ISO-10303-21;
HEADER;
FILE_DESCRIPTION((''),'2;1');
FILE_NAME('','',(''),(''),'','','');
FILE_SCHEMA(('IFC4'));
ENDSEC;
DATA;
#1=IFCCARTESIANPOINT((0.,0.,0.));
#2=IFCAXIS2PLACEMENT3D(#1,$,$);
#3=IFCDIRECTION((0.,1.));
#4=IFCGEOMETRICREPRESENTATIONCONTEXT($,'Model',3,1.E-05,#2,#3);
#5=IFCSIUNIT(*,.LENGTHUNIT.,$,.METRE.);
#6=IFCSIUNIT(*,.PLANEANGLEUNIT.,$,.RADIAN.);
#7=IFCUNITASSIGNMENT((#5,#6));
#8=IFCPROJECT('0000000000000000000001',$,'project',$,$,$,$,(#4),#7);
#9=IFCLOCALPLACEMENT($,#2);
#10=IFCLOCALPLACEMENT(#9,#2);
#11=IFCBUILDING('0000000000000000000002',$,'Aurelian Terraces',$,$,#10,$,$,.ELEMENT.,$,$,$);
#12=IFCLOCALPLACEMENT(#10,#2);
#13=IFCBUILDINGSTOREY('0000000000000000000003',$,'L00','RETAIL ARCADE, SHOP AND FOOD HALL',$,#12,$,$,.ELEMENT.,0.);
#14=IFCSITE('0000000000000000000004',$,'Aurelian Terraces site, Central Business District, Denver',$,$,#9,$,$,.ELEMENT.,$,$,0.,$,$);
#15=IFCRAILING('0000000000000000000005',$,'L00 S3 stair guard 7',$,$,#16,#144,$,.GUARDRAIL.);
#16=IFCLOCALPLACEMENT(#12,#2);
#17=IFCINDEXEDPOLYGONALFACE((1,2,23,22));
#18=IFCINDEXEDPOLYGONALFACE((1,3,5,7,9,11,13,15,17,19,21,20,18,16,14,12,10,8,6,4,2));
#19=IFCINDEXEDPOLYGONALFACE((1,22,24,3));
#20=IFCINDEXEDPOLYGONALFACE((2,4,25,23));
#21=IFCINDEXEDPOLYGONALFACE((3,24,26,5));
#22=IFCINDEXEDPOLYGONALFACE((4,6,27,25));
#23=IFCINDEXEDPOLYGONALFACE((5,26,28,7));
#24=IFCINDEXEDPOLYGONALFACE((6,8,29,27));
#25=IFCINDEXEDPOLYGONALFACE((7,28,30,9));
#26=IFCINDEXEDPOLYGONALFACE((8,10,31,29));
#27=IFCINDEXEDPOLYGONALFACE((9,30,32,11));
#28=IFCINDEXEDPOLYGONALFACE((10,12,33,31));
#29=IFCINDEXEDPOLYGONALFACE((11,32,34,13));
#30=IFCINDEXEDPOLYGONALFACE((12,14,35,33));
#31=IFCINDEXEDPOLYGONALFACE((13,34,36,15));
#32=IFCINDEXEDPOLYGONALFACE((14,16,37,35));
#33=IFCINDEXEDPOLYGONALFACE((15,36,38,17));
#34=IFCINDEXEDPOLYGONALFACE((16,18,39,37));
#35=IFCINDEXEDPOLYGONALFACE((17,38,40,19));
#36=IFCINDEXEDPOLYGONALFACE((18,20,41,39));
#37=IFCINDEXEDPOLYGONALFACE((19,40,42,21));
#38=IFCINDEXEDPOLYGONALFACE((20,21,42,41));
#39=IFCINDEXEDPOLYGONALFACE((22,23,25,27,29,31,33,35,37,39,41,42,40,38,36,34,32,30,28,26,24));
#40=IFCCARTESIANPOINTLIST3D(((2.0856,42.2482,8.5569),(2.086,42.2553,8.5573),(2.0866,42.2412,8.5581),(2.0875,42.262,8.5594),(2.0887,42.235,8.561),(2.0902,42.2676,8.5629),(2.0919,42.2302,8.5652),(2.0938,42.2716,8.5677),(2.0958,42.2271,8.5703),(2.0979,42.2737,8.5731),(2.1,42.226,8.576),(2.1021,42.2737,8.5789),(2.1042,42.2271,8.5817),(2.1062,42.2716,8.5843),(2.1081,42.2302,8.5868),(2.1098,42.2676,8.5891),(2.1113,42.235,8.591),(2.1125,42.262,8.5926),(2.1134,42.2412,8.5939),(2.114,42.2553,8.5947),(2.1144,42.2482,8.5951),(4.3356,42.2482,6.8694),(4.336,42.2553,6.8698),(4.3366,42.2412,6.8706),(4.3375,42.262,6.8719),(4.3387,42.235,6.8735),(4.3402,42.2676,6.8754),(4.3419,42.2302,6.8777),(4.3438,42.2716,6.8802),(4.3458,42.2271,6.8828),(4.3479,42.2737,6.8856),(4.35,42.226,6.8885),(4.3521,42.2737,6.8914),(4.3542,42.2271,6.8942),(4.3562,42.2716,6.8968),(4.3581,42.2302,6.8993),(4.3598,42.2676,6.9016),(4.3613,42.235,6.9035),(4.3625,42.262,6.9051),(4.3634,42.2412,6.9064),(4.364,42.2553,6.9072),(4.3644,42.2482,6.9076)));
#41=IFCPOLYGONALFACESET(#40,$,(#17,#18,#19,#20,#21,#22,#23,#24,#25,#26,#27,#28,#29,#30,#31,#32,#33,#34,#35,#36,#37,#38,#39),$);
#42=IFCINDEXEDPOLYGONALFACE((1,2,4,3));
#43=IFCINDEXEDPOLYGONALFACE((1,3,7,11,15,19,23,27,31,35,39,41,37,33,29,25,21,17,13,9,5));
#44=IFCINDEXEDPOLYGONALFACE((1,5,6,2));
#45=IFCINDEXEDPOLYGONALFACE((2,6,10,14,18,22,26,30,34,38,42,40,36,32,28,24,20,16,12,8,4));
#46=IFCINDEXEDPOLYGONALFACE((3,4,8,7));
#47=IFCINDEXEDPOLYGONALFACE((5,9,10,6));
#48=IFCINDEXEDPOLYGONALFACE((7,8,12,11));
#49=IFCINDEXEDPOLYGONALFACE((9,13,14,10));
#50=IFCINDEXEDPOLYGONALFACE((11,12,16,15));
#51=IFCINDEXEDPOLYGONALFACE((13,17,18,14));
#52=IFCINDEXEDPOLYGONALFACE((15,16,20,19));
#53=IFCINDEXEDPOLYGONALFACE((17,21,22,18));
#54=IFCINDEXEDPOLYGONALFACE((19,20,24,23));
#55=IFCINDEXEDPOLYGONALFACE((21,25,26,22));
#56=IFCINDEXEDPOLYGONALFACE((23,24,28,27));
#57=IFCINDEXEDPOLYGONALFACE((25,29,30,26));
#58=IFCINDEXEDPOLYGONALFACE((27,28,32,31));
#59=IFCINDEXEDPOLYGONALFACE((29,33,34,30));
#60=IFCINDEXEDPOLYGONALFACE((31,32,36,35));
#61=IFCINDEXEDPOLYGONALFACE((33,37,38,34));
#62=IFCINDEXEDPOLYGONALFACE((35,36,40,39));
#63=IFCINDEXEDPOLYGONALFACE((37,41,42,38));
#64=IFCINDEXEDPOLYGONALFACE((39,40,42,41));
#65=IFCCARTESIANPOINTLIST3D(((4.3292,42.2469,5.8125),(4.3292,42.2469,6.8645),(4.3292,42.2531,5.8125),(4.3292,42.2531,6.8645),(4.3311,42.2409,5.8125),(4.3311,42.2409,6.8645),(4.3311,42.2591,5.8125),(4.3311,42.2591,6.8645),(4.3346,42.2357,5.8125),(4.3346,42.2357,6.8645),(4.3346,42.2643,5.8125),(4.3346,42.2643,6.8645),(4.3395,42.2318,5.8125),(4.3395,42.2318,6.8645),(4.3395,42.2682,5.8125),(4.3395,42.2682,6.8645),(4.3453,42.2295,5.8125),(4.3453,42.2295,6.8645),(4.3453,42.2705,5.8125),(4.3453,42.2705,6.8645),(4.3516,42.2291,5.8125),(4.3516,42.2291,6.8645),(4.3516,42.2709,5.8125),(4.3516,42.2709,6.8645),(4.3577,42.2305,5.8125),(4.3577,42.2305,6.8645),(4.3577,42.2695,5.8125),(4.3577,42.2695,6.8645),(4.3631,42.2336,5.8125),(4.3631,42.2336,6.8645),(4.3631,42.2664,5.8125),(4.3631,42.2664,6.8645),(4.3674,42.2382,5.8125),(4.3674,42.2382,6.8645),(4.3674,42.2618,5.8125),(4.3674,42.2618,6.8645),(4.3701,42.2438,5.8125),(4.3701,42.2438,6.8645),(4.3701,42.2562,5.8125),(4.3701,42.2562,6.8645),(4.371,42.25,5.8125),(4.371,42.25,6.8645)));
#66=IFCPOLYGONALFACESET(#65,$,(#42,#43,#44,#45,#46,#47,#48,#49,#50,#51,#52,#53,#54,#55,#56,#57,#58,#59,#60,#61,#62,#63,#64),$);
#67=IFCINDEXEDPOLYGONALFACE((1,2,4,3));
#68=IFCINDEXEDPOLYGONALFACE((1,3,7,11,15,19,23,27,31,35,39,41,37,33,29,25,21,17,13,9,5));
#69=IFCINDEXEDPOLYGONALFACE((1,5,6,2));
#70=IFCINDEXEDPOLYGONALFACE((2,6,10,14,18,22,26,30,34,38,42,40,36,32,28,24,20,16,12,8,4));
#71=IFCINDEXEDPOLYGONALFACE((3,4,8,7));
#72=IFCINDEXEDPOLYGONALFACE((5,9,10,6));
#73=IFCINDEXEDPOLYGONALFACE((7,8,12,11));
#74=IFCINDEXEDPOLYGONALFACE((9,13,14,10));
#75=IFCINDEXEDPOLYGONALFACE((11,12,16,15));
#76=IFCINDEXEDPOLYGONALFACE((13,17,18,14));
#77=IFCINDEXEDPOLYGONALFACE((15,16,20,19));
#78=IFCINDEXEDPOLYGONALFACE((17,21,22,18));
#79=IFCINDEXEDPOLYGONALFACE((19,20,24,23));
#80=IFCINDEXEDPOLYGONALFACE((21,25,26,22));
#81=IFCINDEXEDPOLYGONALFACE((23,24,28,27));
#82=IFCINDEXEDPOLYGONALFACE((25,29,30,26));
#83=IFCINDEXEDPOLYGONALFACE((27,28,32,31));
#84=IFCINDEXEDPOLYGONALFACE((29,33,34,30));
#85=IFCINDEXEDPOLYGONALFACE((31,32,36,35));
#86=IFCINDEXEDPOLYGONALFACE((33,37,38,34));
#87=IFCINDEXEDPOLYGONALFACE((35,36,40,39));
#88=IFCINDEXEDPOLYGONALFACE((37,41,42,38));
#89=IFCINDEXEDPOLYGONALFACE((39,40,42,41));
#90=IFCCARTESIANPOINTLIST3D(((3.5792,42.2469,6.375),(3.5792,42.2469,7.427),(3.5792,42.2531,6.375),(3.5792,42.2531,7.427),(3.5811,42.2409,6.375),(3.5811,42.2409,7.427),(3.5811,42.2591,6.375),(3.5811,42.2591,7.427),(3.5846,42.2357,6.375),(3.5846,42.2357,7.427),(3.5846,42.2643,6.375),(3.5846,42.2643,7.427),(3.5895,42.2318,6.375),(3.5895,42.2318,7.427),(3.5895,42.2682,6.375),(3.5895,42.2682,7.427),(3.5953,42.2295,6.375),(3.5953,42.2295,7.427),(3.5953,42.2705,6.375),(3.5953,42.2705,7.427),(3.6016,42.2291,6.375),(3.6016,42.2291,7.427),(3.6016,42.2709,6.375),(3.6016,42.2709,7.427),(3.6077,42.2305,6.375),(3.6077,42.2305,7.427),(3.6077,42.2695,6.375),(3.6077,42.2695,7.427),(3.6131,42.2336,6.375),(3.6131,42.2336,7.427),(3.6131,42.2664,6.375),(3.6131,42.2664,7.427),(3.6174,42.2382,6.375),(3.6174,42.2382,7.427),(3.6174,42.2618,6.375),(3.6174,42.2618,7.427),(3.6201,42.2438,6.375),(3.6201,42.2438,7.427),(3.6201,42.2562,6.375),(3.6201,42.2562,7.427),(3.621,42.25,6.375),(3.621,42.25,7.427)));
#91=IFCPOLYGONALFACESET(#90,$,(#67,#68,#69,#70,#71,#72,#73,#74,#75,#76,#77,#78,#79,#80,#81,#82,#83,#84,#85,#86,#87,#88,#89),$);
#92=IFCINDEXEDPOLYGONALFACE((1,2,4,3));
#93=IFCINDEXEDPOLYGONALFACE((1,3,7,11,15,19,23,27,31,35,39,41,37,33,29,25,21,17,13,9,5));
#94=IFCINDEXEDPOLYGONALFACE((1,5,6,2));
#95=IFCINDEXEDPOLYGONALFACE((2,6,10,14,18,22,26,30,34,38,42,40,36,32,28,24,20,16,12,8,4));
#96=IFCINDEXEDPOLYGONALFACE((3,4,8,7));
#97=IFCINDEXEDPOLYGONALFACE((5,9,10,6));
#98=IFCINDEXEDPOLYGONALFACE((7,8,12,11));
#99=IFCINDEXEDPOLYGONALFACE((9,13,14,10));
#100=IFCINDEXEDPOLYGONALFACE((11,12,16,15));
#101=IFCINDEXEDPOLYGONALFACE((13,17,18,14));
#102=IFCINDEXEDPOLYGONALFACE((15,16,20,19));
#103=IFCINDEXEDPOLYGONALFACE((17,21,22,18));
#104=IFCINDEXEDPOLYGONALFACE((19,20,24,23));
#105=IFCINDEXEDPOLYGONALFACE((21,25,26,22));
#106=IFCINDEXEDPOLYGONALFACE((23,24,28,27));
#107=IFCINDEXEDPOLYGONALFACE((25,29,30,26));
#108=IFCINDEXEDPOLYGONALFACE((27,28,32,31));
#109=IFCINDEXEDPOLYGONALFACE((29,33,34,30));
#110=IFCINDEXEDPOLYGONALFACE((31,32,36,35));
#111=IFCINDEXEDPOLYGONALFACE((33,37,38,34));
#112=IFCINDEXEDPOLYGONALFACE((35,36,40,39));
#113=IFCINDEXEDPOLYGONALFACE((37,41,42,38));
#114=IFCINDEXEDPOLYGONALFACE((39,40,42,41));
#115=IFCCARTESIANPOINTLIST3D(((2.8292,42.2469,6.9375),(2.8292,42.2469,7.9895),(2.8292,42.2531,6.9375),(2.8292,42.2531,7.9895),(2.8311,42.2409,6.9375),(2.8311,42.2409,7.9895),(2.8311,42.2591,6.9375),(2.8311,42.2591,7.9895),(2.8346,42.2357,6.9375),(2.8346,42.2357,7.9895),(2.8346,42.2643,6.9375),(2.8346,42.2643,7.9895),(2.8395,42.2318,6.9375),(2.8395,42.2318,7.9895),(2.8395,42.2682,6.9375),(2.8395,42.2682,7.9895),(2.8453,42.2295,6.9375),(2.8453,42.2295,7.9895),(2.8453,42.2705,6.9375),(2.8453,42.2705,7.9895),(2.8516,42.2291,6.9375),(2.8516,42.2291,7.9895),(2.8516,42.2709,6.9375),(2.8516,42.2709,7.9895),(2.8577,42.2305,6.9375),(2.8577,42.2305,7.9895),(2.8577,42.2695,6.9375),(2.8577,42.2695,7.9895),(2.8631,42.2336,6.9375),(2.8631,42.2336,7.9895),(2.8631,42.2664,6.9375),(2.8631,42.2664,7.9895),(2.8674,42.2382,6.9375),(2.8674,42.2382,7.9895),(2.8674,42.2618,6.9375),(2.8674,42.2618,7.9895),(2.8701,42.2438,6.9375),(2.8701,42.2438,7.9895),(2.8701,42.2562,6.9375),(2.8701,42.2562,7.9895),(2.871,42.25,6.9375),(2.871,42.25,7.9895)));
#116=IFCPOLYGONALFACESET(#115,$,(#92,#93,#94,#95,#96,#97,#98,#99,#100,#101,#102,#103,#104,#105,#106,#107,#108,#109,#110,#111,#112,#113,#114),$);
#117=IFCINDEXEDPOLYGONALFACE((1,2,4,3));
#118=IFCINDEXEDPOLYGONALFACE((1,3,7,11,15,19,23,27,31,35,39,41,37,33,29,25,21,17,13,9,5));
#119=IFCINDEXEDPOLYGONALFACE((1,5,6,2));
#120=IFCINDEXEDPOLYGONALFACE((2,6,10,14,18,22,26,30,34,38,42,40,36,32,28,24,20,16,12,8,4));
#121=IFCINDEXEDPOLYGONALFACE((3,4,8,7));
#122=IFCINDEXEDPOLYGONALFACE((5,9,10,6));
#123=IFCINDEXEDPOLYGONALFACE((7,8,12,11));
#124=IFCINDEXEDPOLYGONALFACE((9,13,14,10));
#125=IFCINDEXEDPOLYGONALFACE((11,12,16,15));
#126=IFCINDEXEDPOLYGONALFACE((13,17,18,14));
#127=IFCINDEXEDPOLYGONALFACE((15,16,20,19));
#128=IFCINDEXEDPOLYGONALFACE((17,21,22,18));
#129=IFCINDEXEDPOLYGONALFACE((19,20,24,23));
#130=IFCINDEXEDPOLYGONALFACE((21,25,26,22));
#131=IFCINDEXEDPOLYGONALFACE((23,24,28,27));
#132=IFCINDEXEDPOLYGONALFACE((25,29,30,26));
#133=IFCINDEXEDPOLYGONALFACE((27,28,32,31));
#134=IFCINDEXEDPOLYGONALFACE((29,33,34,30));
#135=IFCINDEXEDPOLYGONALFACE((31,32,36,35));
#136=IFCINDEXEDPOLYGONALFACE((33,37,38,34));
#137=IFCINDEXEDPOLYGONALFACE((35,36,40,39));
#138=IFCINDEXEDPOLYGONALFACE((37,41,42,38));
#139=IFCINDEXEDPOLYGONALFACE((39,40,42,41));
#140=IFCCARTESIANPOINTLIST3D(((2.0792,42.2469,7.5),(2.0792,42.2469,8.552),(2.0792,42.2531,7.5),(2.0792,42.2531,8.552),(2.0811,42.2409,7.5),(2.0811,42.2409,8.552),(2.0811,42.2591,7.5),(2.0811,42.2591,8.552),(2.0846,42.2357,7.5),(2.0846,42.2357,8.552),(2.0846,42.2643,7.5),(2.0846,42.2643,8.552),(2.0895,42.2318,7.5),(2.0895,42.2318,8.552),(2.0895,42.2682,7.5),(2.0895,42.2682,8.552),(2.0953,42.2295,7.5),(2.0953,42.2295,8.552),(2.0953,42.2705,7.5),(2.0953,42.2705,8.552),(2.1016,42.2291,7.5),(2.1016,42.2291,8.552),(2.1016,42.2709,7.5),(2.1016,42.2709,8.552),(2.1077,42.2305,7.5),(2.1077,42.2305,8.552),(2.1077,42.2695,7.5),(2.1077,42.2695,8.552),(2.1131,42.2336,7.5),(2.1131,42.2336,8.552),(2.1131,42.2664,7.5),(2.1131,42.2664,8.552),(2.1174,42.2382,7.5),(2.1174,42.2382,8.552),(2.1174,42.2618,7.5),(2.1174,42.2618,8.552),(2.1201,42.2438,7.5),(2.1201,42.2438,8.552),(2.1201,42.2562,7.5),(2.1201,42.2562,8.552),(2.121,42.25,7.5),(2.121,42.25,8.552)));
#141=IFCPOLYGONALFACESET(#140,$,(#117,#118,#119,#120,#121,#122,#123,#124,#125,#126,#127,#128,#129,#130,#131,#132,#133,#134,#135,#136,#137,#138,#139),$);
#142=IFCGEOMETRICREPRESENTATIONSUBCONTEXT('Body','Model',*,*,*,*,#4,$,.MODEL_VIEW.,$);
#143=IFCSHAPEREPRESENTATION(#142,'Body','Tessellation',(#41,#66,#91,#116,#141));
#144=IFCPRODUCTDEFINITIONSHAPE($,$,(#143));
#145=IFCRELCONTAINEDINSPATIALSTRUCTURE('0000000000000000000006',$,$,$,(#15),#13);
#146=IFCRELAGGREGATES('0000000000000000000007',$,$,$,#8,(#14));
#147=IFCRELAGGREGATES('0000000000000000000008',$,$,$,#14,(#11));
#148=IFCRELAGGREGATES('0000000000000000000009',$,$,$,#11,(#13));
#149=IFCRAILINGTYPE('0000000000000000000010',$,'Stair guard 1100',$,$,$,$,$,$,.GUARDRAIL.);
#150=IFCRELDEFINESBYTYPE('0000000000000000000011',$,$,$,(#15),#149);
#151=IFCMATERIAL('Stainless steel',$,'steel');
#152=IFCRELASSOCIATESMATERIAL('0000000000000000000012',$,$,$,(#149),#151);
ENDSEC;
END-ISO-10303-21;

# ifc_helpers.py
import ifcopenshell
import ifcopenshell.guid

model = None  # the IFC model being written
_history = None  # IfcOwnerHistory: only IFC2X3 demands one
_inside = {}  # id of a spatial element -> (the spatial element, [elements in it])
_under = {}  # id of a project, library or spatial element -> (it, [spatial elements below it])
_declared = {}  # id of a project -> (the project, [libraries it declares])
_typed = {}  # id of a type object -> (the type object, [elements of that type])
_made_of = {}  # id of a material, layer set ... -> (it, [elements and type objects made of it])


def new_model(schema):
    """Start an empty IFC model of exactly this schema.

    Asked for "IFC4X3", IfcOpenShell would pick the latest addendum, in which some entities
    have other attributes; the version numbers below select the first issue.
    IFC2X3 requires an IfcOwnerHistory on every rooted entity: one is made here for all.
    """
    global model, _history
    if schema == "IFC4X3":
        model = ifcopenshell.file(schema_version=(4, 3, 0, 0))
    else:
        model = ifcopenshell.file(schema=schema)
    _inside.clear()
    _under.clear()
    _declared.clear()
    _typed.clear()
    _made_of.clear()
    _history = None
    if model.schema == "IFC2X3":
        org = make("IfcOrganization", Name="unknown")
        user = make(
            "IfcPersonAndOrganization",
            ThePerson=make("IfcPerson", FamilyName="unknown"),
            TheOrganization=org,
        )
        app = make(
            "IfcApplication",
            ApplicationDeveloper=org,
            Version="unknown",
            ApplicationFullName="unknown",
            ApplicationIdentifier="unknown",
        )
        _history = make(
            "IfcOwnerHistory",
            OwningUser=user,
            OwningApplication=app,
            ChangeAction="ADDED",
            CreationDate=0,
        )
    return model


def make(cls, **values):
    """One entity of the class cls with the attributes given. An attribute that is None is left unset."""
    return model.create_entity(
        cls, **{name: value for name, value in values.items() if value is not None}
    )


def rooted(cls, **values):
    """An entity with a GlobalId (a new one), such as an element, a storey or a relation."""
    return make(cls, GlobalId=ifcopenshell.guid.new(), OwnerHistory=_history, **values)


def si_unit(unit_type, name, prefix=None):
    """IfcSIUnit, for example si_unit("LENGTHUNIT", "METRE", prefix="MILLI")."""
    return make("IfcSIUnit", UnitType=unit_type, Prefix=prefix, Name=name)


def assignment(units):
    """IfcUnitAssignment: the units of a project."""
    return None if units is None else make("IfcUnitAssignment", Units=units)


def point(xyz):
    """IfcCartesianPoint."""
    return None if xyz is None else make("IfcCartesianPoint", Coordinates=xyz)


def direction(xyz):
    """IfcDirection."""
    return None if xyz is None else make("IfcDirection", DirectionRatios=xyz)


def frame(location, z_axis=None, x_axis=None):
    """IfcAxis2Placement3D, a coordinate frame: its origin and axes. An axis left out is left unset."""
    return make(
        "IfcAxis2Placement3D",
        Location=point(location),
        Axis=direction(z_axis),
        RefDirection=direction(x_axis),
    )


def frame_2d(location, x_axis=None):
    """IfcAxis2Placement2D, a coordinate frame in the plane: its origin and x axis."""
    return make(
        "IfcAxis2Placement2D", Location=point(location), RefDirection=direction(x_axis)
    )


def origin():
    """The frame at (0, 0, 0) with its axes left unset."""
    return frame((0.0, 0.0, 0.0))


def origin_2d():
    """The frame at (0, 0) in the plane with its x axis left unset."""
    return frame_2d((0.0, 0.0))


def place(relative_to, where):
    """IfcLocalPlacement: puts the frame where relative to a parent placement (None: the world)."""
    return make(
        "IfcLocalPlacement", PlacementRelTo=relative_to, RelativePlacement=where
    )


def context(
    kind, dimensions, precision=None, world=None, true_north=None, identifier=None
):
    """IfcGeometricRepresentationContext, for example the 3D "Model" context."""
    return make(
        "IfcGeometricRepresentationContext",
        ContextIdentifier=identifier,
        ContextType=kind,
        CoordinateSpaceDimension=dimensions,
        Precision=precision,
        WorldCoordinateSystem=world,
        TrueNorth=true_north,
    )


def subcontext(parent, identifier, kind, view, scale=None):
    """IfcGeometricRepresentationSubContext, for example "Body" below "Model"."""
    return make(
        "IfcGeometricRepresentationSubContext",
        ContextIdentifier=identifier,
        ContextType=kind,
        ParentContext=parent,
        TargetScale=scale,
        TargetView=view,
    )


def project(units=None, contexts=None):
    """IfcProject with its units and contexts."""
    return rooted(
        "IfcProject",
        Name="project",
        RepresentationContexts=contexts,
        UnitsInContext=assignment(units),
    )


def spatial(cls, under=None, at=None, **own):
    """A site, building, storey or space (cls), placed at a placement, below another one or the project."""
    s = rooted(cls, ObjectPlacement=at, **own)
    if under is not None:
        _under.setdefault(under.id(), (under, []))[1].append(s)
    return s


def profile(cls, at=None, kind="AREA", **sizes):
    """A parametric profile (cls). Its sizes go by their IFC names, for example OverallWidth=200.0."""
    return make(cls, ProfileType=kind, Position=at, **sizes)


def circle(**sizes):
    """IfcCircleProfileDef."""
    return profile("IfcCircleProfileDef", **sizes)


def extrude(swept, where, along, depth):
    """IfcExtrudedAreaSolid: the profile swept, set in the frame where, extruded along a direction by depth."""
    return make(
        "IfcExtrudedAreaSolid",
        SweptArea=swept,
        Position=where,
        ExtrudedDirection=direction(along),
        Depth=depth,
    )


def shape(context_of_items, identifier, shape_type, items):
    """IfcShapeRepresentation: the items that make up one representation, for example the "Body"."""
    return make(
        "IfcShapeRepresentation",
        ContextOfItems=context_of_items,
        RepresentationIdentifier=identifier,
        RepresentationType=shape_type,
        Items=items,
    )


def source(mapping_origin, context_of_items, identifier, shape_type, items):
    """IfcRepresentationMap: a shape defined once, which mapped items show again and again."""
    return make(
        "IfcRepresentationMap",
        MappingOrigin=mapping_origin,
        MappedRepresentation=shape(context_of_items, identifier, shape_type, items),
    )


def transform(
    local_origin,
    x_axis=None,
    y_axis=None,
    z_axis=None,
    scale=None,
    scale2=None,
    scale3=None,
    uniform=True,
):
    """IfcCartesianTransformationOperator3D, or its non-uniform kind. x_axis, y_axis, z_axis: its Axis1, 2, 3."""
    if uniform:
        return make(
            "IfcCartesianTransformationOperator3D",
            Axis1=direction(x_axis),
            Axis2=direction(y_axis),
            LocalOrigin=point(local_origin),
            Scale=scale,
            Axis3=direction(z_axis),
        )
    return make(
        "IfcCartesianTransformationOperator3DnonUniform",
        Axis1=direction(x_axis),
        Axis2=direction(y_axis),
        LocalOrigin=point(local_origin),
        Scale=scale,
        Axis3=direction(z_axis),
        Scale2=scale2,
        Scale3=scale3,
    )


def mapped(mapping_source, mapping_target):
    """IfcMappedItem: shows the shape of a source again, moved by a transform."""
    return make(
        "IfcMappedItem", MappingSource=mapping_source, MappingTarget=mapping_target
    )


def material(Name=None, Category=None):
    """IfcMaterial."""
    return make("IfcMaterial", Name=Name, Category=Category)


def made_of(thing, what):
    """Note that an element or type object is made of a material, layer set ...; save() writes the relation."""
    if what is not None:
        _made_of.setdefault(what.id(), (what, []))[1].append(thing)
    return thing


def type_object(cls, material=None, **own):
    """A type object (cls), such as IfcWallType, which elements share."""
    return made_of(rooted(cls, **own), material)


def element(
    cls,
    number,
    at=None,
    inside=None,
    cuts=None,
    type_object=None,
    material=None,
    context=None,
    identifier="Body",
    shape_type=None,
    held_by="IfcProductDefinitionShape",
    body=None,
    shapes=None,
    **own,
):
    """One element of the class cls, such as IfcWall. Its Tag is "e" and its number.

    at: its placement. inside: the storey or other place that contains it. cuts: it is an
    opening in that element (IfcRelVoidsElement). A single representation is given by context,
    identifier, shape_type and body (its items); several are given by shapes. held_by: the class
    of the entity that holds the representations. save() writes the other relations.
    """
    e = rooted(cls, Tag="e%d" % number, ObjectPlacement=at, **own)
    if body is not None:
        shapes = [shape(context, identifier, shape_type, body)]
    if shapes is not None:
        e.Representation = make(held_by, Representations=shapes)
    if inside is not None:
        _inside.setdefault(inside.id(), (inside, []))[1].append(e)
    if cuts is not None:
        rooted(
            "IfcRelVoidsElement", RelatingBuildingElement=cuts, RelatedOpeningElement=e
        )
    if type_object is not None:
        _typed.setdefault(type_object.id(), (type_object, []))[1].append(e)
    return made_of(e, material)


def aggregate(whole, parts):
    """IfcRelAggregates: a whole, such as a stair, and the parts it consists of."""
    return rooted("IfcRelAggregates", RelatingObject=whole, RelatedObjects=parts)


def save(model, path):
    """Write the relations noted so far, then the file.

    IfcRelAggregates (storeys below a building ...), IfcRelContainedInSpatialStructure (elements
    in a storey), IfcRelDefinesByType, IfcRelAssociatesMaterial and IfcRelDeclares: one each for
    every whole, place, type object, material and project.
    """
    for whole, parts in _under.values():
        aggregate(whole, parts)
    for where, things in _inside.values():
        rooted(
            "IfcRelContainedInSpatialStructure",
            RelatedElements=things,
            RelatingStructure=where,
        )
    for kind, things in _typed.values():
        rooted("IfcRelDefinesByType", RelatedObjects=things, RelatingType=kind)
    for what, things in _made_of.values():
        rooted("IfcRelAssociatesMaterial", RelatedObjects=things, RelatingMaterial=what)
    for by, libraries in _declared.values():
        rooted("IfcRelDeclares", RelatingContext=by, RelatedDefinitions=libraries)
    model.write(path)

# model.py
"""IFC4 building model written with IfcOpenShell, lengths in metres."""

from ifc_helpers import new_model, si_unit, direction, frame, origin, origin_2d, place, context, subcontext, project, spatial, circle, extrude, source, transform, mapped, material, type_object, element, save


model = new_model("IFC4")

# Units and contexts
model_context = context("Model", 3, precision=1e-05, world=origin(), true_north=direction((0.0, 1.0)))
body_context = subcontext(model_context, "Body", "Model", "MODEL_VIEW")
ifc_project = project(units=[si_unit("LENGTHUNIT", "METRE"), si_unit("PLANEANGLEUNIT", "RADIAN")], contexts=[model_context])

# Site, building, storey
site_placement = place(None, origin())
site = spatial("IfcSite", under=ifc_project, at=site_placement, Name="Aurelian Terraces site, Central Business District, Denver", CompositionType="ELEMENT", RefElevation=0.0)
building_placement = place(site_placement, origin())
building = spatial("IfcBuilding", under=site, at=building_placement, Name="Aurelian Terraces", CompositionType="ELEMENT")
storey_placement = place(building_placement, origin())
storey = spatial("IfcBuildingStorey", under=building, at=storey_placement, Name="L00", Description="RETAIL ARCADE, SHOP AND FOOD HALL", CompositionType="ELEMENT", Elevation=0.0)

# Railing
ifc_material_1 = material(Name="Stainless steel", Category="steel")
railing_type_1 = type_object("IfcRailingType", Name="Stair guard 1100", PredefinedType="GUARDRAIL", material=ifc_material_1)
shared_shape_1 = source(origin(), body_context, "Body", "SweptSolid", [
    extrude(circle(Radius=0.024, at=origin_2d()), frame((0.0, 0.0, 1.076), z_axis=(-0.8, 0.0, 0.6), x_axis=(0.0, -1.0, 0.0)), (0.0, 0.0, 1.0), 2.8125),
    extrude(circle(Radius=0.021, at=origin_2d()), origin(), (0.0, 0.0, 1.0), 1.052),
    extrude(circle(Radius=0.021, at=origin_2d()), frame((-0.75, 0.0, 0.5625)), (0.0, 0.0, 1.0), 1.052),
    extrude(circle(Radius=0.021, at=origin_2d()), frame((-1.5, 0.0, 1.125)), (0.0, 0.0, 1.0), 1.052),
    extrude(circle(Radius=0.021, at=origin_2d()), frame((-2.25, 0.0, 1.6875)), (0.0, 0.0, 1.0), 1.052),
])
railing_1_placement = place(storey_placement, frame((4.35, 42.25, 5.8125)))
element("IfcRailing", 1, at=railing_1_placement, inside=storey, type_object=railing_type_1, Name="L00 S3 stair guard 7", PredefinedType="GUARDRAIL", context=body_context, shape_type="MappedRepresentation", body=[
    mapped(shared_shape_1, transform((0.0, 0.0, 0.0), scale=1.0)),
])

save(model, "model.ifc")
